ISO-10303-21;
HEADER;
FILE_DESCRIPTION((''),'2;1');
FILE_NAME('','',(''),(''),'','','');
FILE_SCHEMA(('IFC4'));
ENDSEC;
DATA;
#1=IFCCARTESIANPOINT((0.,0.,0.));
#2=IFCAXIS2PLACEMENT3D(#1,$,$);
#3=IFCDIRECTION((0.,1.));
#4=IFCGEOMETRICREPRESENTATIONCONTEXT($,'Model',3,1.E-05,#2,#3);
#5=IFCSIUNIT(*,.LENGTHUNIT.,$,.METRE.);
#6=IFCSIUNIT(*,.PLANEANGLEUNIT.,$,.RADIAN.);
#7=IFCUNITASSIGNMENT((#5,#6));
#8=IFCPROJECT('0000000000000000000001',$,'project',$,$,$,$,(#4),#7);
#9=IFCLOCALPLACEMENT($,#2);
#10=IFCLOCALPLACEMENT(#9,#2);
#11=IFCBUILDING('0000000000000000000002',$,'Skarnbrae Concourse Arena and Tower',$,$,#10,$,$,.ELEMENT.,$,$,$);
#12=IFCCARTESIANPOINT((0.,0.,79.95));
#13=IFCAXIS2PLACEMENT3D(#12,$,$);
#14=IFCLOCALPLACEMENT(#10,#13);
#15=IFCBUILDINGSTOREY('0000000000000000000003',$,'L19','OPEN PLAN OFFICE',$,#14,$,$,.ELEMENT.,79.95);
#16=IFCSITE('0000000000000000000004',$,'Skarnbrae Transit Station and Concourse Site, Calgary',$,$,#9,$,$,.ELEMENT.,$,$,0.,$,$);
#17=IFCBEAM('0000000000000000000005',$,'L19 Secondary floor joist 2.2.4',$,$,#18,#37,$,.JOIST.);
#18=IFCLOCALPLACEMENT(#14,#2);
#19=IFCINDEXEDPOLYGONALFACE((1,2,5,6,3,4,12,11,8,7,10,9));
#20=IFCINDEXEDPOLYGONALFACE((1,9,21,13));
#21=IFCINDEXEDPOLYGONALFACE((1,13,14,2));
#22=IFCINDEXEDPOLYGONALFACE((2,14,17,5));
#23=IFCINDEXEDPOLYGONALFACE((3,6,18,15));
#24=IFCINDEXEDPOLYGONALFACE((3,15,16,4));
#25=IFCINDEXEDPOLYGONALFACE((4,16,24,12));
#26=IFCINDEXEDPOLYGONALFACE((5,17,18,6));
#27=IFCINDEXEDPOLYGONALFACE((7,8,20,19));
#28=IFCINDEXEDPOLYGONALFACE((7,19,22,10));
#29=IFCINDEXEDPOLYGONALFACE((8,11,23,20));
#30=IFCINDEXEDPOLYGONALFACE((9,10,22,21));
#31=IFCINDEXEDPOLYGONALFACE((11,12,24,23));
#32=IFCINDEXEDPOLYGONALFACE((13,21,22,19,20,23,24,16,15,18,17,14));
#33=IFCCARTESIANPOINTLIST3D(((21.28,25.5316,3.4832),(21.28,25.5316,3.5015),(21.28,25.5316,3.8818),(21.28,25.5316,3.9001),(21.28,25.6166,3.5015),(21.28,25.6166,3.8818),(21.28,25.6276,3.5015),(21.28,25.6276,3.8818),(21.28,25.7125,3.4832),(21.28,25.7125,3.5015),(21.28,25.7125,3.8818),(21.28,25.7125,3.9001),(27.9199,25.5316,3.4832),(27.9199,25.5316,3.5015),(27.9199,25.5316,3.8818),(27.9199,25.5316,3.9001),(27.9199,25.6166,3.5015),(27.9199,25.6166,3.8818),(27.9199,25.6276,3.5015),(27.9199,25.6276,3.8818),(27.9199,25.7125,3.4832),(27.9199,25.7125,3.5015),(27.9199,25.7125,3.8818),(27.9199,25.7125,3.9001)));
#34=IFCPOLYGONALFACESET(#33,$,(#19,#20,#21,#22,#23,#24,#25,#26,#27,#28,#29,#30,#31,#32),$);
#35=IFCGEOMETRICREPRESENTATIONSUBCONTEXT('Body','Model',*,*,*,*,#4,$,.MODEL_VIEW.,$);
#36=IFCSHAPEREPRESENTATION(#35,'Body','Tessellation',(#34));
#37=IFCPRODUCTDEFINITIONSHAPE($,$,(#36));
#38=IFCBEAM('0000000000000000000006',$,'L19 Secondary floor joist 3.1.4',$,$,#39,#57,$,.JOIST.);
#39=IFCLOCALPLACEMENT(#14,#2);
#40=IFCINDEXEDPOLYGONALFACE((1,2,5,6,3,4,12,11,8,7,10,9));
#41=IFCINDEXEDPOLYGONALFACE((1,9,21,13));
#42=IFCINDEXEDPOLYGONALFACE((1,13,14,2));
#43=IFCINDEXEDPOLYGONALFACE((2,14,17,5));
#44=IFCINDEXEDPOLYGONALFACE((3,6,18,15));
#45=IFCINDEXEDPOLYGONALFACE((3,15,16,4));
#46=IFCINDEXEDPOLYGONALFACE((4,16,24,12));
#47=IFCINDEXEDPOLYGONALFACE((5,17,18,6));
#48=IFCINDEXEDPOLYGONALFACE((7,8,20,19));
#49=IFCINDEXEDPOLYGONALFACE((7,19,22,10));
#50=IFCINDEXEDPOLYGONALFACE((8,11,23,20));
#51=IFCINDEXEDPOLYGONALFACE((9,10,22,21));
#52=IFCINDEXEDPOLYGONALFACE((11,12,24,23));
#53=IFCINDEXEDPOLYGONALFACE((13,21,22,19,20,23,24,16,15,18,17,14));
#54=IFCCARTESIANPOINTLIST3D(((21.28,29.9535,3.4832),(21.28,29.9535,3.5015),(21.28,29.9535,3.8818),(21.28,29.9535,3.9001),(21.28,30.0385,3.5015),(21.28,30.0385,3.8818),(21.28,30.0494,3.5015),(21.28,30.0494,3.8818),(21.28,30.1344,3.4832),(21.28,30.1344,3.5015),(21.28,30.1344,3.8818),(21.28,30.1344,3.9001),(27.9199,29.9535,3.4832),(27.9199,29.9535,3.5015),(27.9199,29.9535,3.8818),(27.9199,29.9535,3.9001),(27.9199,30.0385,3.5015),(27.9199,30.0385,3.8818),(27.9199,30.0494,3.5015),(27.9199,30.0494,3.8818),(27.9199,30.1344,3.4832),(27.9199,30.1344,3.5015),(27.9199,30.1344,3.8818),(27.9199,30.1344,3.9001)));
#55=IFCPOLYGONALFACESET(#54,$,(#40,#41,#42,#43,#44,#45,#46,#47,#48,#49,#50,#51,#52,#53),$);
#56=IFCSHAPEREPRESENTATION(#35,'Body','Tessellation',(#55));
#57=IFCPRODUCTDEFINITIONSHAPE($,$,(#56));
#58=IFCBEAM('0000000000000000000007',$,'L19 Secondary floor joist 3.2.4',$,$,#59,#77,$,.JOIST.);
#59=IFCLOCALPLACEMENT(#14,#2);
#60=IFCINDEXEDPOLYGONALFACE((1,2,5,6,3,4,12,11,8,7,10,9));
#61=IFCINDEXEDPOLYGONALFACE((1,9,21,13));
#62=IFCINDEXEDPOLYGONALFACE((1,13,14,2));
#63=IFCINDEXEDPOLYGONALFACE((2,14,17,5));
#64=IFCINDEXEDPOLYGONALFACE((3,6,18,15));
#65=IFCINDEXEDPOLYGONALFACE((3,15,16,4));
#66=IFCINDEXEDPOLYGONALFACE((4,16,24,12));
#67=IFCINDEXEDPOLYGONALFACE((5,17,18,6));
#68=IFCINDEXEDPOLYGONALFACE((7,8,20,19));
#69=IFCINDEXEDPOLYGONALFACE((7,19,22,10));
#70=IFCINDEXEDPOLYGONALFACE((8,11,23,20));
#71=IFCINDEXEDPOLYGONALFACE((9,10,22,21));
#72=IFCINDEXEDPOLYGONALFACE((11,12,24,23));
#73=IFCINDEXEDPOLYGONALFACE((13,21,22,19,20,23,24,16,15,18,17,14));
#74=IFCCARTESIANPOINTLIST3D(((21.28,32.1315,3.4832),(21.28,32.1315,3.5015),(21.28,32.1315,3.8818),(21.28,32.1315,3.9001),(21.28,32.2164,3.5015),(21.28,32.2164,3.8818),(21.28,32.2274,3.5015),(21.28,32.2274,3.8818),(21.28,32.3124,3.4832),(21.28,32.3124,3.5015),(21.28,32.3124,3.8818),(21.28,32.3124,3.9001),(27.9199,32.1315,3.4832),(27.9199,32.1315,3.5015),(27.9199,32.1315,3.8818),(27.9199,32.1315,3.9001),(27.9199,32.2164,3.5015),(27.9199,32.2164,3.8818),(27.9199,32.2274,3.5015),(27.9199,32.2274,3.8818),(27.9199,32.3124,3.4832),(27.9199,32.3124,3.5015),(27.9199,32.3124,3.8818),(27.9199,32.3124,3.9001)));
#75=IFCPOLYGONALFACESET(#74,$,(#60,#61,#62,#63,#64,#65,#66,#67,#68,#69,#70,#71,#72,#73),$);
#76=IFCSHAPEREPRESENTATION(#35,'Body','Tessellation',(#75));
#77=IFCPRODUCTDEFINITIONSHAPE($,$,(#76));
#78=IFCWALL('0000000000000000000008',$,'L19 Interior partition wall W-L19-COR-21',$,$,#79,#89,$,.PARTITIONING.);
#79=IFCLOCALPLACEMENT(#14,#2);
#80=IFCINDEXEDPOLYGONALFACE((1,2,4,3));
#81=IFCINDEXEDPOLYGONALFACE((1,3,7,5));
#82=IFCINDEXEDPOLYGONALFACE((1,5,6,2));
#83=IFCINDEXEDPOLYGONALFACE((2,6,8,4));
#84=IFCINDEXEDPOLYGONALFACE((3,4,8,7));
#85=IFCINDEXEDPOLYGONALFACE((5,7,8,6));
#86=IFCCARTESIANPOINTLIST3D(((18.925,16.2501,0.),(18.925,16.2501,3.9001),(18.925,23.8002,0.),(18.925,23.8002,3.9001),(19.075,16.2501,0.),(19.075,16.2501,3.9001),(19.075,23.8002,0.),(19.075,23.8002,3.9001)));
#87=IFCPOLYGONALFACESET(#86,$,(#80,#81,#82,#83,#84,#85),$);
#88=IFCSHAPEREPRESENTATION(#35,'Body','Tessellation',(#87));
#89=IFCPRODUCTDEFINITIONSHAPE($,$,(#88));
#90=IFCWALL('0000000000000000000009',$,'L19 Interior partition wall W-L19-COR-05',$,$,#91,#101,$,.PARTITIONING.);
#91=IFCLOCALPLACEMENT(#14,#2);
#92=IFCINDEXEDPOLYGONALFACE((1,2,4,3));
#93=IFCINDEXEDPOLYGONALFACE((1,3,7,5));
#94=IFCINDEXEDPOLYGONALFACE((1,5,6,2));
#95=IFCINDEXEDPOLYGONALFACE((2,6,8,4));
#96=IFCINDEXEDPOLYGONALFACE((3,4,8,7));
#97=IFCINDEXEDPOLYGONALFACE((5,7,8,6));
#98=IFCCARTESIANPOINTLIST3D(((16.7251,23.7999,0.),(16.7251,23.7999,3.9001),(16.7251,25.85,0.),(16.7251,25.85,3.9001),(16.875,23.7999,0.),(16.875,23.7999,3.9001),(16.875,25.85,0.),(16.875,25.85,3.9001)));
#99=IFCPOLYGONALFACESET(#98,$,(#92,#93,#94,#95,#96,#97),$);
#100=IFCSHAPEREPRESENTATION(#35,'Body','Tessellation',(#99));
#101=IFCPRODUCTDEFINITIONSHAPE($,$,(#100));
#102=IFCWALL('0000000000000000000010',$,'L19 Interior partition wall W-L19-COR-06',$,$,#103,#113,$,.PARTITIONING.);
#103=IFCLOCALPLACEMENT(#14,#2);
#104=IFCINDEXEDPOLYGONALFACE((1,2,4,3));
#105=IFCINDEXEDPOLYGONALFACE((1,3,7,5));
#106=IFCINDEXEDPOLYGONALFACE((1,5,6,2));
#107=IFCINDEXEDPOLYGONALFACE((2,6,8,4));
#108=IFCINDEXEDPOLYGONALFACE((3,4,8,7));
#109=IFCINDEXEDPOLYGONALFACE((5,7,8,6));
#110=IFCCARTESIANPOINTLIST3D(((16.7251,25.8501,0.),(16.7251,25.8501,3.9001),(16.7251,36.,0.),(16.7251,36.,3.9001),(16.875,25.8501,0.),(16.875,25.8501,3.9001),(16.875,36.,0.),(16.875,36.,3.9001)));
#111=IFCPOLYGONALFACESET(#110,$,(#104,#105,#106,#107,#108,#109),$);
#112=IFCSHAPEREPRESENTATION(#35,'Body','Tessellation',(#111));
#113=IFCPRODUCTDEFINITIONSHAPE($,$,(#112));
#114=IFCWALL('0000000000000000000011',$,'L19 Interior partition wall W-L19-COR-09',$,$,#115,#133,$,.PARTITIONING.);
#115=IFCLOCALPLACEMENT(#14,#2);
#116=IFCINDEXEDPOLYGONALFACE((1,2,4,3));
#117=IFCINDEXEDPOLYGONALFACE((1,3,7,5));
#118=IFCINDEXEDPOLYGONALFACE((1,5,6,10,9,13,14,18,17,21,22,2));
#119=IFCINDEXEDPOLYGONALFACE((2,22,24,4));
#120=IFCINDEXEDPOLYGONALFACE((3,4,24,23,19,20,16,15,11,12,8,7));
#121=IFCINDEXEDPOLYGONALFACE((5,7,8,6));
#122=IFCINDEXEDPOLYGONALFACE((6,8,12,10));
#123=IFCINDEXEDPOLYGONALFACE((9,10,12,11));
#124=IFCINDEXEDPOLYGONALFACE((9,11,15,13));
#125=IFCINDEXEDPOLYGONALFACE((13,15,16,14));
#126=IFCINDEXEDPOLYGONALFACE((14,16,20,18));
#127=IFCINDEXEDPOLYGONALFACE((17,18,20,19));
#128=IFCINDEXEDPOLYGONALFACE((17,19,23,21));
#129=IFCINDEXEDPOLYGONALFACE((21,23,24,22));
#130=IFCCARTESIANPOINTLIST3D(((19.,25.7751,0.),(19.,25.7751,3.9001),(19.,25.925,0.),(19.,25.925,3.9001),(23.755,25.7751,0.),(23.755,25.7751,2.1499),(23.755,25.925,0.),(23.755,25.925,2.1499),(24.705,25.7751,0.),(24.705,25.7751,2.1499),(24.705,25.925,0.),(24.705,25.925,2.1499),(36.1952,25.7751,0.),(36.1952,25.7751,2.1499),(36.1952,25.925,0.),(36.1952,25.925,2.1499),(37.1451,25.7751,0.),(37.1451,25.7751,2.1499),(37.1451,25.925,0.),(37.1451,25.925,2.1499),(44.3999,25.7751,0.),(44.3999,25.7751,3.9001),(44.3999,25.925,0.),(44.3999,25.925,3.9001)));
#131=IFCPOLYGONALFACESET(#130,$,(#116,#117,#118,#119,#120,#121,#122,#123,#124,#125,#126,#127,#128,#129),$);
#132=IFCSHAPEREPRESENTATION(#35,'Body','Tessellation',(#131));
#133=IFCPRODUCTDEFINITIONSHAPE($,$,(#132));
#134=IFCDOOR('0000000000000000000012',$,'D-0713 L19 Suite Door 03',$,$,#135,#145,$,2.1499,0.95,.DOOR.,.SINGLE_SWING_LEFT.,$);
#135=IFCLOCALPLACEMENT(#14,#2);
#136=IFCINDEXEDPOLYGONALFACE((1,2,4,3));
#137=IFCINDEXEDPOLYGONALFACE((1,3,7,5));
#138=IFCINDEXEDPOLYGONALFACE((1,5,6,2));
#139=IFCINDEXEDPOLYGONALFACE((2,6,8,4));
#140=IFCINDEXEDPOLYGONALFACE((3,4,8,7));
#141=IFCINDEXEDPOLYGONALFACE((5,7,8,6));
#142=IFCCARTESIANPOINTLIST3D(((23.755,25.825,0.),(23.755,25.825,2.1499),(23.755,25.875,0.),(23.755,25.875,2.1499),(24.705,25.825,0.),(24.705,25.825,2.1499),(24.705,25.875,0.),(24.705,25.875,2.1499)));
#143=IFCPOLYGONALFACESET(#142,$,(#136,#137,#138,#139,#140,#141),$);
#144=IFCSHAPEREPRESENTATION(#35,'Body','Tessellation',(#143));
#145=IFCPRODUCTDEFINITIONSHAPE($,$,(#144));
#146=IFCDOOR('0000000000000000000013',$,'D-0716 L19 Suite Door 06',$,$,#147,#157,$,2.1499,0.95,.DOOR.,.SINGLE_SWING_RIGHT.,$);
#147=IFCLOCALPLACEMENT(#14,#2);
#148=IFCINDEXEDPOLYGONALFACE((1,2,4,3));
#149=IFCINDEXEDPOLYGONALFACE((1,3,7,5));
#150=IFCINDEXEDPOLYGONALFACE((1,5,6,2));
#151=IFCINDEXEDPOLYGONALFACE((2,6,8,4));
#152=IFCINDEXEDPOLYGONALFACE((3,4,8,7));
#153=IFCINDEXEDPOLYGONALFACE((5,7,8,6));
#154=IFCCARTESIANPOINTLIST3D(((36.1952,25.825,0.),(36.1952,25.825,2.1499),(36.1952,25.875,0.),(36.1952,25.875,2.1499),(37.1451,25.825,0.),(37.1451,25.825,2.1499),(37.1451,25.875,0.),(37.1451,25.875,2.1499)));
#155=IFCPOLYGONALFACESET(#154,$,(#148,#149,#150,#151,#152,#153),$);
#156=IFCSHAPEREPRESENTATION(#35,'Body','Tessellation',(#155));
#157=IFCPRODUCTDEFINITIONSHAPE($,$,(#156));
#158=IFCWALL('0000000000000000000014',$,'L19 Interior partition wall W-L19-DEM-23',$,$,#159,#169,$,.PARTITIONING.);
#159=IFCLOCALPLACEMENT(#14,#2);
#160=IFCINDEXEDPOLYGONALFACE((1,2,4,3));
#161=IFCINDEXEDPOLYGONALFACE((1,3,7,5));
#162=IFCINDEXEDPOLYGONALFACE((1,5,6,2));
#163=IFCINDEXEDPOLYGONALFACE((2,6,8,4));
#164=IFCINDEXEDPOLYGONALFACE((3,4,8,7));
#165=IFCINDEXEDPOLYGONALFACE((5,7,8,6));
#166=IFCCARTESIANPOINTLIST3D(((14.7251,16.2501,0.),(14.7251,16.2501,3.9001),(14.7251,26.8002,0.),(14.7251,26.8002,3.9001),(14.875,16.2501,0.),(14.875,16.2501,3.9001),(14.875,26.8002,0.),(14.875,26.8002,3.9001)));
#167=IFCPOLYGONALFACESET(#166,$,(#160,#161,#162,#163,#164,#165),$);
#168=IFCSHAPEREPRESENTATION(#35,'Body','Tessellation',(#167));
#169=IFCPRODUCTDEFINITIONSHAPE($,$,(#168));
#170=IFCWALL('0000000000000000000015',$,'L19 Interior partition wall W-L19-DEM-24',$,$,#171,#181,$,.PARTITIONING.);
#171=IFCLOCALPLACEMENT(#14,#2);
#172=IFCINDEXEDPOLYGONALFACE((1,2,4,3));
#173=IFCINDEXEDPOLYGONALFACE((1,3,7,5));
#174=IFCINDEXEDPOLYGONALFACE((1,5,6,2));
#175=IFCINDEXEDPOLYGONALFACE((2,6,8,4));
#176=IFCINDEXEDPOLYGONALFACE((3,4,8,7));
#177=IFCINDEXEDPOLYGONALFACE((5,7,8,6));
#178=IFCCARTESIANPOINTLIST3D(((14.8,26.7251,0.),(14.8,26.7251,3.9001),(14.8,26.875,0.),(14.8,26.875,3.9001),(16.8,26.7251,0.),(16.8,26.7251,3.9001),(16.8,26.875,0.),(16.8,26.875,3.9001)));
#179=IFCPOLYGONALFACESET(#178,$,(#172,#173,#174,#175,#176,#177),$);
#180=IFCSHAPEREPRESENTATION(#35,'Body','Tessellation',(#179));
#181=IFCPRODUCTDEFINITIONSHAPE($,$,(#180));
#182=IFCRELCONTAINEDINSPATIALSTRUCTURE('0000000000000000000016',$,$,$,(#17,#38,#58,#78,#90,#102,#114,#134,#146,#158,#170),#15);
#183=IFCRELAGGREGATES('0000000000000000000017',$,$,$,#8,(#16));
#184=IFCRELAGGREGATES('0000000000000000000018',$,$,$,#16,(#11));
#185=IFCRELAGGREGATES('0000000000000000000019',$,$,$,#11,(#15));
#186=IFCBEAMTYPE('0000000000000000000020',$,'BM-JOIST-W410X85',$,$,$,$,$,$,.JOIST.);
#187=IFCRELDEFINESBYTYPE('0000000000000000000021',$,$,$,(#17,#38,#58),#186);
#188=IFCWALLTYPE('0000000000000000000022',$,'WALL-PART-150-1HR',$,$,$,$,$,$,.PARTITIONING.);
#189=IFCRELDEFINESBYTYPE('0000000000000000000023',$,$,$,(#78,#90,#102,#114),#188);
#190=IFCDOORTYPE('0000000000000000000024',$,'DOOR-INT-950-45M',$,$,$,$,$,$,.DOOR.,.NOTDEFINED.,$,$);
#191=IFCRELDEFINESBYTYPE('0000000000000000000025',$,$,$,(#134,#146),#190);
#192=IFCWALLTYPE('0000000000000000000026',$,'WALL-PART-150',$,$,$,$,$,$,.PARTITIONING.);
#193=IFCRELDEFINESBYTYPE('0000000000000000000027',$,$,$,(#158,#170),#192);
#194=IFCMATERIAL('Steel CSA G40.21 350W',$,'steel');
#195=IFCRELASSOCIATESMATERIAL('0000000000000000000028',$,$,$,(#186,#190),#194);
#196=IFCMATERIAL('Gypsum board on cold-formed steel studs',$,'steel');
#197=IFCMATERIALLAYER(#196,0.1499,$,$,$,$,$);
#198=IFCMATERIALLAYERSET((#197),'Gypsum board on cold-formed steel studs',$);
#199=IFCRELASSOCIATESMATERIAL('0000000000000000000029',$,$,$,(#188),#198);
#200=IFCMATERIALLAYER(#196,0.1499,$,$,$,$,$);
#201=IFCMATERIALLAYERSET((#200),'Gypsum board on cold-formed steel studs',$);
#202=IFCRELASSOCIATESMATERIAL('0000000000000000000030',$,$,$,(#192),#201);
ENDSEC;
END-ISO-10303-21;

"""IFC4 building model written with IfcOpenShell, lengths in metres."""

from ifc_helpers import new_model, si_unit, direction, frame, frame_2d, origin, origin_2d, place, context, subcontext, project, spatial, rectangle, i_section, extrude, source, transform, mapped, material, layer, layer_set, material_profile, profile_set, type_object, element, fill, save


model = new_model("IFC4")

# Units and contexts
model_context = context("Model", 3, precision=1e-05, world=origin(), true_north=direction((0.0, 1.0)))
body_context = subcontext(model_context, "Body", "Model", "MODEL_VIEW")
ifc_project = project(units=[si_unit("LENGTHUNIT", "METRE"), si_unit("PLANEANGLEUNIT", "RADIAN")], contexts=[model_context])

# Site, building, storey
site_placement = place(None, origin())
site = spatial("IfcSite", under=ifc_project, at=site_placement, Name="Skarnbrae Transit Station and Concourse Site, Calgary", CompositionType="ELEMENT", RefElevation=0.0)
building_placement = place(site_placement, origin())
building = spatial("IfcBuilding", under=site, at=building_placement, Name="Skarnbrae Concourse Arena and Tower", CompositionType="ELEMENT")
storey_placement = place(building_placement, frame((0.0, 0.0, 79.95)))
storey = spatial("IfcBuildingStorey", under=building, at=storey_placement, Name="L19", Description="OPEN PLAN OFFICE", CompositionType="ELEMENT", Elevation=79.95)

# Shared definitions
ifc_material_1 = material(Name="Steel CSA G40.21 350W", Category="steel")

# Beams
ifc_material_profile_1 = material_profile(ifc_material_1, i_section(OverallWidth=0.1809, OverallDepth=0.417, WebThickness=0.011, FlangeThickness=0.0183, at=origin_2d()), Name="W410X85")
ifc_profile_set_1 = profile_set([ifc_material_profile_1], Name="Steel CSA G40.21 350W")
beam_type_1 = type_object("IfcBeamType", Name="BM-JOIST-W410X85", PredefinedType="JOIST", material=ifc_profile_set_1)
shared_shape_1 = source(origin(), body_context, "Body", "SweptSolid", [
    extrude(i_section(OverallWidth=0.1809, OverallDepth=0.417, WebThickness=0.011, FlangeThickness=0.0183, at=origin_2d()), origin(), (0.0, 0.0, 1.0), 6.6399),
])
for number, where, z_axis, x_axis, name in (
    (1, (21.28, 25.6221, 3.6917), (1.0, 0.0, 0.0), (0.0, 1.0, 0.0), "L19 Secondary floor joist 2.2.4"),
    (2, (21.28, 30.0439, 3.6917), (1.0, 0.0, 0.0), (0.0, 1.0, 0.0), "L19 Secondary floor joist 3.1.4"),
    (3, (21.28, 32.2219, 3.6917), (1.0, 0.0, 0.0), (0.0, 1.0, 0.0), "L19 Secondary floor joist 3.2.4"),
):
    element("IfcBeam", number, at=place(storey_placement, frame(where, z_axis=z_axis, x_axis=x_axis)), inside=storey, type_object=beam_type_1, Name=name, PredefinedType="JOIST", context=body_context, shape_type="MappedRepresentation", body=[
        mapped(shared_shape_1, transform((0.0, 0.0, 0.0))),
    ])

# Walls
ifc_material_2 = material(Name="Gypsum board on cold-formed steel studs", Category="steel")
ifc_layer_1 = layer(ifc_material_2, 0.1499)
ifc_layer_set_1 = layer_set([ifc_layer_1], Name="Gypsum board on cold-formed steel studs")
wall_type_1 = type_object("IfcWallType", Name="WALL-PART-150-1HR", PredefinedType="PARTITIONING", material=ifc_layer_set_1)
shared_shape_2 = source(origin(), body_context, "Body", "SweptSolid", [
    extrude(rectangle(XDim=7.55, YDim=0.1499, at=frame_2d((3.7749, 0.0))), origin(), (0.0, 0.0, 1.0), 3.9001),
])
wall_1_placement = place(storey_placement, frame((19.0, 23.8, 0.0), z_axis=(0.0, 0.0, 1.0), x_axis=(0.0, -1.0, 0.0)))
element("IfcWall", 4, at=wall_1_placement, inside=storey, type_object=wall_type_1, Name="L19 Interior partition wall W-L19-COR-21", PredefinedType="PARTITIONING", context=body_context, shape_type="MappedRepresentation", body=[
    mapped(shared_shape_2, transform((0.0, 0.0, 0.0))),
])
shared_shape_3 = source(origin(), body_context, "Body", "SweptSolid", [
    extrude(rectangle(XDim=2.05, YDim=0.1499, at=frame_2d((1.0249, 0.0))), origin(), (0.0, 0.0, 1.0), 3.9001),
])
wall_2_placement = place(storey_placement, frame((16.8, 23.8, 0.0), z_axis=(0.0, 0.0, 1.0), x_axis=(0.0, 1.0, 0.0)))
element("IfcWall", 5, at=wall_2_placement, inside=storey, type_object=wall_type_1, Name="L19 Interior partition wall W-L19-COR-05", PredefinedType="PARTITIONING", context=body_context, shape_type="MappedRepresentation", body=[
    mapped(shared_shape_3, transform((0.0, 0.0, 0.0))),
])
shared_shape_4 = source(origin(), body_context, "Body", "SweptSolid", [
    extrude(rectangle(XDim=10.1499, YDim=0.1499, at=frame_2d((5.075, 0.0))), origin(), (0.0, 0.0, 1.0), 3.9001),
])
wall_3_placement = place(storey_placement, frame((16.8, 25.8501, 0.0), z_axis=(0.0, 0.0, 1.0), x_axis=(0.0, 1.0, 0.0)))
element("IfcWall", 6, at=wall_3_placement, inside=storey, type_object=wall_type_1, Name="L19 Interior partition wall W-L19-COR-06", PredefinedType="PARTITIONING", context=body_context, shape_type="MappedRepresentation", body=[
    mapped(shared_shape_4, transform((0.0, 0.0, 0.0))),
])

# Wall, openings, doors
shared_shape_5 = source(origin(), body_context, "Body", "SweptSolid", [
    extrude(rectangle(XDim=25.3999, YDim=0.1499, at=frame_2d((12.7, 0.0))), origin(), (0.0, 0.0, 1.0), 3.9001),
])
wall_4_placement = place(storey_placement, frame((19.0, 25.8501, 0.0), z_axis=(0.0, 0.0, 1.0), x_axis=(1.0, 0.0, 0.0)))
wall_4 = element("IfcWall", 7, at=wall_4_placement, inside=storey, type_object=wall_type_1, Name="L19 Interior partition wall W-L19-COR-09", PredefinedType="PARTITIONING", context=body_context, shape_type="MappedRepresentation", body=[
    mapped(shared_shape_5, transform((0.0, 0.0, 0.0))),
])
opening_1_placement = place(wall_4_placement, frame((4.7549, 0.0, 0.0)))
opening_1 = element("IfcOpeningElement", 8, at=opening_1_placement, cuts=wall_4, PredefinedType="OPENING", context=body_context, shape_type="SweptSolid", body=[
    extrude(rectangle(XDim=0.95, YDim=2.1499, at=frame_2d((0.4751, 1.075))), frame((0.0, 0.085, 0.0), z_axis=(0.0, -1.0, 0.0), x_axis=(1.0, 0.0, 0.0)), (0.0, 0.0, 1.0), 0.1699),
])
opening_2_placement = place(wall_4_placement, frame((17.1951, 0.0, 0.0)))
opening_2 = element("IfcOpeningElement", 9, at=opening_2_placement, cuts=wall_4, PredefinedType="OPENING", context=body_context, shape_type="SweptSolid", body=[
    extrude(rectangle(XDim=0.95, YDim=2.1499, at=frame_2d((0.4751, 1.075))), frame((0.0, 0.085, 0.0), z_axis=(0.0, -1.0, 0.0), x_axis=(1.0, 0.0, 0.0)), (0.0, 0.0, 1.0), 0.1699),
])
door_type = type_object("IfcDoorType", Name="DOOR-INT-950-45M", OperationType="NOTDEFINED", PredefinedType="DOOR", material=ifc_material_1)
shared_shape_6 = source(origin(), body_context, "Body", "SweptSolid", [
    extrude(rectangle(XDim=0.95, YDim=2.1499, at=frame_2d((0.4751, 1.075))), frame((0.0, 0.0249, 0.0), z_axis=(0.0, -1.0, 0.0), x_axis=(1.0, 0.0, 0.0)), (0.0, 0.0, 1.0), 0.05),
])
door_1_placement = place(opening_1_placement, origin())
door_1 = element("IfcDoor", 10, at=door_1_placement, inside=storey, type_object=door_type, Name="D-0713 L19 Suite Door 03", OperationType="SINGLE_SWING_LEFT", OverallHeight=2.1499, OverallWidth=0.95, PredefinedType="DOOR", context=body_context, shape_type="MappedRepresentation", body=[
    mapped(shared_shape_6, transform((0.0, 0.0, 0.0))),
])
fill(opening_1, door_1)
door_2_placement = place(opening_2_placement, origin())
door_2 = element("IfcDoor", 11, at=door_2_placement, inside=storey, type_object=door_type, Name="D-0716 L19 Suite Door 06", OperationType="SINGLE_SWING_RIGHT", OverallHeight=2.1499, OverallWidth=0.95, PredefinedType="DOOR", context=body_context, shape_type="MappedRepresentation", body=[
    mapped(shared_shape_6, transform((0.0, 0.0, 0.0))),
])
fill(opening_2, door_2)

# Walls
ifc_layer_2 = layer(ifc_material_2, 0.1499)
ifc_layer_set_2 = layer_set([ifc_layer_2], Name="Gypsum board on cold-formed steel studs")
wall_type_2 = type_object("IfcWallType", Name="WALL-PART-150", PredefinedType="PARTITIONING", material=ifc_layer_set_2)
shared_shape_7 = source(origin(), body_context, "Body", "SweptSolid", [
    extrude(rectangle(XDim=10.55, YDim=0.1499, at=frame_2d((5.2749, 0.0))), origin(), (0.0, 0.0, 1.0), 3.9001),
])
wall_5_placement = place(storey_placement, frame((14.8, 26.8, 0.0), z_axis=(0.0, 0.0, 1.0), x_axis=(0.0, -1.0, 0.0)))
element("IfcWall", 12, at=wall_5_placement, inside=storey, type_object=wall_type_2, Name="L19 Interior partition wall W-L19-DEM-23", PredefinedType="PARTITIONING", context=body_context, shape_type="MappedRepresentation", body=[
    mapped(shared_shape_7, transform((0.0, 0.0, 0.0))),
])
shared_shape_8 = source(origin(), body_context, "Body", "SweptSolid", [
    extrude(rectangle(XDim=2.0, YDim=0.1499, at=frame_2d((1.0, 0.0))), origin(), (0.0, 0.0, 1.0), 3.9001),
])
wall_6_placement = place(storey_placement, frame((14.8, 26.8, 0.0), z_axis=(0.0, 0.0, 1.0), x_axis=(1.0, 0.0, 0.0)))
element("IfcWall", 13, at=wall_6_placement, inside=storey, type_object=wall_type_2, Name="L19 Interior partition wall W-L19-DEM-24", PredefinedType="PARTITIONING", context=body_context, shape_type="MappedRepresentation", body=[
    mapped(shared_shape_8, transform((0.0, 0.0, 0.0))),
])

save(model, "model.ifc")
